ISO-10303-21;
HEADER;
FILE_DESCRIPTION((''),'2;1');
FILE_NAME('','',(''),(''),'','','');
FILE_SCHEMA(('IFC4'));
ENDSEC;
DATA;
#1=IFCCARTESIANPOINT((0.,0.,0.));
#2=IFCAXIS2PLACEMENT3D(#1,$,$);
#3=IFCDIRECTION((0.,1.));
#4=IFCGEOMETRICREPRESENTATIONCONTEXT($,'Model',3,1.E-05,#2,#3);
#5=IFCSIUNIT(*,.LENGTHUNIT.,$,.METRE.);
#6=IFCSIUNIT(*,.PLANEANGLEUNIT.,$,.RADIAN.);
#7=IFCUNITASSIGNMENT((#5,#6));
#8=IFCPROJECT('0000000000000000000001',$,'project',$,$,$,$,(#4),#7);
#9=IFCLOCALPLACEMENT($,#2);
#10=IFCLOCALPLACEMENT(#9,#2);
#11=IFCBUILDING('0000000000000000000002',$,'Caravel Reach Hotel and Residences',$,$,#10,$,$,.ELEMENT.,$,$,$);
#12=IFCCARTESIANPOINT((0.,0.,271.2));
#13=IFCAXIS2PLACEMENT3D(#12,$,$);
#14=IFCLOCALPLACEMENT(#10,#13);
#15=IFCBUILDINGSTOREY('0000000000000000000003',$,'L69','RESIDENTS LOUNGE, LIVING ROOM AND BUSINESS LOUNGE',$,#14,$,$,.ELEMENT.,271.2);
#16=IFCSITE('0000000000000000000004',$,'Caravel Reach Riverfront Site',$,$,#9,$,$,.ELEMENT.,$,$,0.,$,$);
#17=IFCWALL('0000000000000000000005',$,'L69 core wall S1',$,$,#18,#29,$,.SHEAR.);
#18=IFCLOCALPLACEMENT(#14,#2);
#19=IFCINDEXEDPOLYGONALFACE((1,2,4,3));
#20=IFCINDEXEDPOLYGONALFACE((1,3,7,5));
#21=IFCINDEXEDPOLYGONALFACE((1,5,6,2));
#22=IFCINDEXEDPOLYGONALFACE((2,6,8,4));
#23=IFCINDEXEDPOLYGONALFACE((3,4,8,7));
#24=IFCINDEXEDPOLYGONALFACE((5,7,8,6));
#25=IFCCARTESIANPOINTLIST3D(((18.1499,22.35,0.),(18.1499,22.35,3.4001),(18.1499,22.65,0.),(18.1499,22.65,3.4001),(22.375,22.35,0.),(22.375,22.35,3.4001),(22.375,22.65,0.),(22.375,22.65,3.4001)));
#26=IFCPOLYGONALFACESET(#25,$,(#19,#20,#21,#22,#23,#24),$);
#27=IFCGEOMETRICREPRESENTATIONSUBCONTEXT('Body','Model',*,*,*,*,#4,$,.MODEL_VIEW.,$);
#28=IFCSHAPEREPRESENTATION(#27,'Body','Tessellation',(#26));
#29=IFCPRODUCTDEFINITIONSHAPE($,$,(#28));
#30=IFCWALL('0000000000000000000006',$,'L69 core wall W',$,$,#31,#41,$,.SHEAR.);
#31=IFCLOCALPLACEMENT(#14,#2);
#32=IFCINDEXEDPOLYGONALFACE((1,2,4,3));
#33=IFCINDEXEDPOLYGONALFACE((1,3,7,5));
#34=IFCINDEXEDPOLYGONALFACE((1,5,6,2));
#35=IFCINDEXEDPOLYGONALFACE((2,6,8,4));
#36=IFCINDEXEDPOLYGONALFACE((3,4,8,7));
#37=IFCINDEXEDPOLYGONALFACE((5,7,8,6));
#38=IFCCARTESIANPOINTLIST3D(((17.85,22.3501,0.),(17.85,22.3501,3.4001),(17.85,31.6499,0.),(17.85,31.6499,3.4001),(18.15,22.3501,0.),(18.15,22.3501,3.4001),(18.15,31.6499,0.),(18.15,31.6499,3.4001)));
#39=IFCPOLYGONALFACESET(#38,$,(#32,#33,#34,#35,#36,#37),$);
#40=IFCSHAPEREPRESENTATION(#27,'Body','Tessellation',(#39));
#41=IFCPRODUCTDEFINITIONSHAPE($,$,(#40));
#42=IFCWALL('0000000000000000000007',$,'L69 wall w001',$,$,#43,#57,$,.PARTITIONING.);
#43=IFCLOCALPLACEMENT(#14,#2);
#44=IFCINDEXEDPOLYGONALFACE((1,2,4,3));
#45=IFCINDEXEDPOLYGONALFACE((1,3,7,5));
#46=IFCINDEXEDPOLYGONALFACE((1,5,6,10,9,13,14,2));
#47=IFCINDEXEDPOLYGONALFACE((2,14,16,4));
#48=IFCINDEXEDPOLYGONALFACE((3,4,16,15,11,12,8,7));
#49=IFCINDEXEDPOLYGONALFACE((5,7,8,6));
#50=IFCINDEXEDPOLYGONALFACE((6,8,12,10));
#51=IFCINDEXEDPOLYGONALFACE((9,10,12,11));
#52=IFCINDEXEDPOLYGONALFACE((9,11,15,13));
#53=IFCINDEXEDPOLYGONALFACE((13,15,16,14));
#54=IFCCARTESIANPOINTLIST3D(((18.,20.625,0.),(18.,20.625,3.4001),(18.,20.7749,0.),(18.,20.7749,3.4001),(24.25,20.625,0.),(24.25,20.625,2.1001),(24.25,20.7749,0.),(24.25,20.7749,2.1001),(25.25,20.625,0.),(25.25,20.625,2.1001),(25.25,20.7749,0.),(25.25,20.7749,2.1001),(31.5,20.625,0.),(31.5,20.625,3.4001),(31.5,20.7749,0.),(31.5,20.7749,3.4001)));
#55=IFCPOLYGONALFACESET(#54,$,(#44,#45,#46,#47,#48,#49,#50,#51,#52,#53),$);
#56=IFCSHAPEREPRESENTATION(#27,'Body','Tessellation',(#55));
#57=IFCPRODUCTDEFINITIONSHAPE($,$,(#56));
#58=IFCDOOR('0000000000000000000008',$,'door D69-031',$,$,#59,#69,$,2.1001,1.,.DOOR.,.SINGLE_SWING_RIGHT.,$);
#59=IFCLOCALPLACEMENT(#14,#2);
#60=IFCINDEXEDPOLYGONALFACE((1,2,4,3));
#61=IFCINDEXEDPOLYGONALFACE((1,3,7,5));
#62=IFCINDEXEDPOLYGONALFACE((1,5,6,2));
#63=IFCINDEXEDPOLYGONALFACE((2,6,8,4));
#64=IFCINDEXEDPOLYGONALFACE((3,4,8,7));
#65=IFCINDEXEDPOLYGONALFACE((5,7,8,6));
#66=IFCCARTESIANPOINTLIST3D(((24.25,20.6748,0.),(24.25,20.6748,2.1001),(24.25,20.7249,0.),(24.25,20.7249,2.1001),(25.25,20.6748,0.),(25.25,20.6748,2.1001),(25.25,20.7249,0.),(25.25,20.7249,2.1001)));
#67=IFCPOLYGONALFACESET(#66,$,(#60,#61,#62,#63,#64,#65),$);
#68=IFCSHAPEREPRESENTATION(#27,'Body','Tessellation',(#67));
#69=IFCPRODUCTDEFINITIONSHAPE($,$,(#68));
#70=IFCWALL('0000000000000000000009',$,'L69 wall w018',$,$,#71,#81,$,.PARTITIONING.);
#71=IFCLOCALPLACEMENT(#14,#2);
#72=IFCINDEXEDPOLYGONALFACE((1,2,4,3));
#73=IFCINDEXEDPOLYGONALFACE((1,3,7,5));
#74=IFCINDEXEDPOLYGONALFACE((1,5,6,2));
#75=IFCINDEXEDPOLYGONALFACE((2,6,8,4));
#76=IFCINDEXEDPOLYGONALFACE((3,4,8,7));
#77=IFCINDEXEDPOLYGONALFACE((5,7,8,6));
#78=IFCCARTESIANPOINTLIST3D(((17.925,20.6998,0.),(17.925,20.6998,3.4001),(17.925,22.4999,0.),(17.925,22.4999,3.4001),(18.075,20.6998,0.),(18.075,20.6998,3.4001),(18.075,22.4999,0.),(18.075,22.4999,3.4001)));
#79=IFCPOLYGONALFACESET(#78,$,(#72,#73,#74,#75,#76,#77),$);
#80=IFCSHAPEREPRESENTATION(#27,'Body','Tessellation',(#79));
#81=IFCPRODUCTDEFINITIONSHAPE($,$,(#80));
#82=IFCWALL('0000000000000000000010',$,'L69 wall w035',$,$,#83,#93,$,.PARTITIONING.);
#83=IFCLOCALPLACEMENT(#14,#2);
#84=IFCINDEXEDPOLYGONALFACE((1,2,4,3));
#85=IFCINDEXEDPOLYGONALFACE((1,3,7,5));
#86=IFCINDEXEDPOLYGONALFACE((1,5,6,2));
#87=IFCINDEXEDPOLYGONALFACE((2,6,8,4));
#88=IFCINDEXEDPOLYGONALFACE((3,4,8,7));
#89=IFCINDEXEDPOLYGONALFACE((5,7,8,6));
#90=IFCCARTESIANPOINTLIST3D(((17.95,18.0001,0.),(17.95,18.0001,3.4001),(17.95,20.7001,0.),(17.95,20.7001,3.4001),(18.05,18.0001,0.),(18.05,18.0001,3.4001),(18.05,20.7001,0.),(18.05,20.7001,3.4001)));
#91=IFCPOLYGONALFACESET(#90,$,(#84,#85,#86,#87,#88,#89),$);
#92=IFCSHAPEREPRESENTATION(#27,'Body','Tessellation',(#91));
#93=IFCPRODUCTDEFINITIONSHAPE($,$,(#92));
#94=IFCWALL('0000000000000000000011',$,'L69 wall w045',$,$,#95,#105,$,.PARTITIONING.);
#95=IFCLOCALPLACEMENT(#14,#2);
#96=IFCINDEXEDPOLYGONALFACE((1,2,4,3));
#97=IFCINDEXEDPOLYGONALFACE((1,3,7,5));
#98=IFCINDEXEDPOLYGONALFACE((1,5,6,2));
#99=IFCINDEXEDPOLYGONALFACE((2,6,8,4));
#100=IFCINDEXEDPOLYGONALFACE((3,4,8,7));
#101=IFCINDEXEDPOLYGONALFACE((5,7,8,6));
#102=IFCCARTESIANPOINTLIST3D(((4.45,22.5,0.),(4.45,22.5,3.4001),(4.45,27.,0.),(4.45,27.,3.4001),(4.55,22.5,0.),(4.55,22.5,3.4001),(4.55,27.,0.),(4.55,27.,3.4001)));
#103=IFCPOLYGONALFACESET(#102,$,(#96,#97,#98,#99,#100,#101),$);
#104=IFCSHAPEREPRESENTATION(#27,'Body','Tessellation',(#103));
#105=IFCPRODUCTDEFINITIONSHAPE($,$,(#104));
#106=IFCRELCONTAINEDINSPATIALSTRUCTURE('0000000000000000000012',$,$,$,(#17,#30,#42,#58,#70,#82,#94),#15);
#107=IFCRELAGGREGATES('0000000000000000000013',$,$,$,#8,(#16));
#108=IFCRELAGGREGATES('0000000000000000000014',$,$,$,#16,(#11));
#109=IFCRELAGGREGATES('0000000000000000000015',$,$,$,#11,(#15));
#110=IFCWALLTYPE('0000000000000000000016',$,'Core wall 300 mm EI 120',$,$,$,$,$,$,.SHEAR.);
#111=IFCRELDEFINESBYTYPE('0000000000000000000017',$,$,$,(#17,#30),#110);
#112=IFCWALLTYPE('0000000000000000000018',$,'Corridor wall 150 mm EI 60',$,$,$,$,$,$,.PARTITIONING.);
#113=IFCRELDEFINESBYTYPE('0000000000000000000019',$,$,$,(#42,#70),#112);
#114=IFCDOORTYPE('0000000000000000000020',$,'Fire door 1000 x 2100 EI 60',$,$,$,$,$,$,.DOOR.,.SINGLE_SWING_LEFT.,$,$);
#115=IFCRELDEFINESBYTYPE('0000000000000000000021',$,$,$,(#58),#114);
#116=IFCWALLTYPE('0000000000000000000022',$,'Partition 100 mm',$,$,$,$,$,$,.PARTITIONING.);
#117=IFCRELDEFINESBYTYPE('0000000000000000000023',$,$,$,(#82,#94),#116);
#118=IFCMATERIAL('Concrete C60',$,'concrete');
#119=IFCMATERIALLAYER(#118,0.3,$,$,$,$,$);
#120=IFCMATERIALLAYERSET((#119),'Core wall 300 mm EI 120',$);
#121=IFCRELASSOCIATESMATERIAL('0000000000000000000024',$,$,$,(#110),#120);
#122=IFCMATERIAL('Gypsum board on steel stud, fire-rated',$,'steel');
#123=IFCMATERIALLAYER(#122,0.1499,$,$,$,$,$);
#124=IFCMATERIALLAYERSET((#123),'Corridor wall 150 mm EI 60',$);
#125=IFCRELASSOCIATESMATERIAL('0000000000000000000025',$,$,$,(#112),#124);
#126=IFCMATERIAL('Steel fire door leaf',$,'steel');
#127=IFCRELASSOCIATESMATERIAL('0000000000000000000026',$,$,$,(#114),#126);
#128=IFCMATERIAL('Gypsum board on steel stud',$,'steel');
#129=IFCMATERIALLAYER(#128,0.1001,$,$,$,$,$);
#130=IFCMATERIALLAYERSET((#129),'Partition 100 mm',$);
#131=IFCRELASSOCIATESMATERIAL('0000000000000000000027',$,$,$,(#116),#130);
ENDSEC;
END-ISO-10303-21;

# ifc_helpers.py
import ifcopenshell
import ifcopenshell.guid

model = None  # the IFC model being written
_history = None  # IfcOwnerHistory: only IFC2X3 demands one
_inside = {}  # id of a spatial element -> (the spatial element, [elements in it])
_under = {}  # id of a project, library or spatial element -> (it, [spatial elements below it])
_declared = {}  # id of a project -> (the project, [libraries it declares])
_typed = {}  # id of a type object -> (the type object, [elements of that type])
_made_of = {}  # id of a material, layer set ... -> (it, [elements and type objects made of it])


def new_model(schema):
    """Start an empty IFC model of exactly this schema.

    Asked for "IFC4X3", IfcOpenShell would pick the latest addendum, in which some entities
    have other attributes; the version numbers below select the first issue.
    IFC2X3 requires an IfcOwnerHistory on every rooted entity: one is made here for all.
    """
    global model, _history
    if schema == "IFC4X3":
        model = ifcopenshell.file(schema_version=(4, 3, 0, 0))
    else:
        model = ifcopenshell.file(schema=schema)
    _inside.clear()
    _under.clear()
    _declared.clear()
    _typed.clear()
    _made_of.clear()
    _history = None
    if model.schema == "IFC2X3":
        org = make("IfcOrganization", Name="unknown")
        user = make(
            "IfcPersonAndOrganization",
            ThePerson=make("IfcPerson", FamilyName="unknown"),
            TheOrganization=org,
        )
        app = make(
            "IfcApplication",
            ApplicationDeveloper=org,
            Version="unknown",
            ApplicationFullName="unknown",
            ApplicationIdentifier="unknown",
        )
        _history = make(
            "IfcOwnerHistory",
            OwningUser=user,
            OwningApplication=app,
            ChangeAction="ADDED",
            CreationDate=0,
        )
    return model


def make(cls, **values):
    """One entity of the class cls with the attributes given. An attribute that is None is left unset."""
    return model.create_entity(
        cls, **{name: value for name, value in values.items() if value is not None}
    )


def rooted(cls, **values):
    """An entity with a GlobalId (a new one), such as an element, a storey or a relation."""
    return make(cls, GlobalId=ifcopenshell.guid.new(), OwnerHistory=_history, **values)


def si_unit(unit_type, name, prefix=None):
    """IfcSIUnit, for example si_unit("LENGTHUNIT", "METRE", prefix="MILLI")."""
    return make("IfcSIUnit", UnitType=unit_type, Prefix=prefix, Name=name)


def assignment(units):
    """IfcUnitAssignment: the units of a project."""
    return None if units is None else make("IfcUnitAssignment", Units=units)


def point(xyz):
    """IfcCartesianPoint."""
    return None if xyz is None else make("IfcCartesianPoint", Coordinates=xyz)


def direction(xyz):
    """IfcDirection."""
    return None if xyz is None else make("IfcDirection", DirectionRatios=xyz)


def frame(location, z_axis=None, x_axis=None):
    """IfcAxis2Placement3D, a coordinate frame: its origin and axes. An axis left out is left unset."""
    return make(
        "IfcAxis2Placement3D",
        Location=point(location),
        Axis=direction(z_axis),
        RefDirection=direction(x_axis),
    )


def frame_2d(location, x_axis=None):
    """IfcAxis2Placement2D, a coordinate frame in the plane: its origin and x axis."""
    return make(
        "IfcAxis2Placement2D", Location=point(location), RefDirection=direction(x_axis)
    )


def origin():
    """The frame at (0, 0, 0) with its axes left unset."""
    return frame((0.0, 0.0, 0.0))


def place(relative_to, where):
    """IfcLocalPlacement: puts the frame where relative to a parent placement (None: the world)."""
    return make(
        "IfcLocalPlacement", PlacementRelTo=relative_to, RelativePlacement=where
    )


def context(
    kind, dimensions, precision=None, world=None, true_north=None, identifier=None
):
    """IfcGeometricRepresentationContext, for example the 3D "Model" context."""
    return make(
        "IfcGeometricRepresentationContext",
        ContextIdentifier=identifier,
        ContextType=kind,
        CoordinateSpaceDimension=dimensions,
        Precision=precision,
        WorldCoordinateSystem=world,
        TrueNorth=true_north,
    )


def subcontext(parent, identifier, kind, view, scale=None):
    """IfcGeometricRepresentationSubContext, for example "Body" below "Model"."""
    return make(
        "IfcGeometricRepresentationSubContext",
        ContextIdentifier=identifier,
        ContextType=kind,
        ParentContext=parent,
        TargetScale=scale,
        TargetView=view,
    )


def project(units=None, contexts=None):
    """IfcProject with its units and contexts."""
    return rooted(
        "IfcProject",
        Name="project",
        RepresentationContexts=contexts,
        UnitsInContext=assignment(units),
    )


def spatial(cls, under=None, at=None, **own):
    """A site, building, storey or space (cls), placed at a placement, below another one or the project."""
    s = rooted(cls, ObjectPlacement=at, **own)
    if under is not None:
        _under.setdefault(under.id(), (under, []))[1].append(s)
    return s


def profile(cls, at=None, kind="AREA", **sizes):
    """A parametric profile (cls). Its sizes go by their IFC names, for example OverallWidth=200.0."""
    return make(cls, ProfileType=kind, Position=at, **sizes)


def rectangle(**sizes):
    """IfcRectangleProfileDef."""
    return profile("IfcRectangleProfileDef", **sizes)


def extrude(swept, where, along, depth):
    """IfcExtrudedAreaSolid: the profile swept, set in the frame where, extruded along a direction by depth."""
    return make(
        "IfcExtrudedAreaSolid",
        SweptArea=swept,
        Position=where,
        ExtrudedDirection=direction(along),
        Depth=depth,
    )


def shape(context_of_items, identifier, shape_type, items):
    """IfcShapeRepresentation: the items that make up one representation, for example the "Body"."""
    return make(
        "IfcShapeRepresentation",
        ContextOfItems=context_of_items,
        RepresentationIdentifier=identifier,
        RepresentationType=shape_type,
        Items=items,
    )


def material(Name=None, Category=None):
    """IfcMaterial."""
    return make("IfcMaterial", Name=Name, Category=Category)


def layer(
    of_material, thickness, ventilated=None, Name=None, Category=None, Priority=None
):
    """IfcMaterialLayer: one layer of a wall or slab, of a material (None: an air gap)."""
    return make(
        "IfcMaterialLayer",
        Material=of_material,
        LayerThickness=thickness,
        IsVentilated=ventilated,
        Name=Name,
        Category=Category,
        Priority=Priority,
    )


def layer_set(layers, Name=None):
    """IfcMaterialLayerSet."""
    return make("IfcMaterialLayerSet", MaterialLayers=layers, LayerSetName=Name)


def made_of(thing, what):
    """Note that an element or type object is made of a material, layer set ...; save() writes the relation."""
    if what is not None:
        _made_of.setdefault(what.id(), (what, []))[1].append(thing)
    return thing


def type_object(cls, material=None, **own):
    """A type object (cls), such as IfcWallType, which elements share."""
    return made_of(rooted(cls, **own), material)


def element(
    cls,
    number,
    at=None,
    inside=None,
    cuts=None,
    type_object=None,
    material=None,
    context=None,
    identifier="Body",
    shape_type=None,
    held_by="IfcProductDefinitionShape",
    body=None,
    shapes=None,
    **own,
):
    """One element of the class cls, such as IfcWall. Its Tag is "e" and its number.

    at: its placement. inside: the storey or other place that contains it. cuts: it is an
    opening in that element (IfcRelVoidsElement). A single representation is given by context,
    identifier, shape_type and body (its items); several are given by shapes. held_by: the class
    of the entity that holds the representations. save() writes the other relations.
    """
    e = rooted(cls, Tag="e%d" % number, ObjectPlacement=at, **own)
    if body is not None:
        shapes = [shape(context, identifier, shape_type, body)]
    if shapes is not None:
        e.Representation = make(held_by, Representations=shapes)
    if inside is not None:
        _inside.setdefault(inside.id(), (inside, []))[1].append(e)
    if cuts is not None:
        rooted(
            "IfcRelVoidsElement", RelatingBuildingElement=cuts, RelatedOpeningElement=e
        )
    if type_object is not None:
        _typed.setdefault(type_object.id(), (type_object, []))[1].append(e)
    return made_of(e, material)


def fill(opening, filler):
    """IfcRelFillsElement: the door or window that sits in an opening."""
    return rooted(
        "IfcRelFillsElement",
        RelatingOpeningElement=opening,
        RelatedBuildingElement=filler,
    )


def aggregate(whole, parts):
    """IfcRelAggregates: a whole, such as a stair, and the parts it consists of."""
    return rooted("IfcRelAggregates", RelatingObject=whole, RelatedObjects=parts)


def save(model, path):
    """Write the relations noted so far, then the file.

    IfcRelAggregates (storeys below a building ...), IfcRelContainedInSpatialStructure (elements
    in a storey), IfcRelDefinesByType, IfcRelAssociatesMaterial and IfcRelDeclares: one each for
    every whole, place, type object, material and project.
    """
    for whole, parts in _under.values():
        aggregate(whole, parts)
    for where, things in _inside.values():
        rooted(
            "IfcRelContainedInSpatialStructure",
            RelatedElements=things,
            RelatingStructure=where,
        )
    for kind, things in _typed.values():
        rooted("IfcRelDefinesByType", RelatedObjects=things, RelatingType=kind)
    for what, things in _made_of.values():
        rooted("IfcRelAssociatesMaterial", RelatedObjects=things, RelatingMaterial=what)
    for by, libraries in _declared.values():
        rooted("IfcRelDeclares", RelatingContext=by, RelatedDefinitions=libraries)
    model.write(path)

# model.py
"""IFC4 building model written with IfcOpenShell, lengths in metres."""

from ifc_helpers import new_model, si_unit, direction, frame, frame_2d, origin, place, context, subcontext, project, spatial, rectangle, extrude, material, layer, layer_set, type_object, element, fill, save


model = new_model("IFC4")

# Units and contexts
model_context = context("Model", 3, precision=1e-05, world=origin(), true_north=direction((0.0, 1.0)))
body_context = subcontext(model_context, "Body", "Model", "MODEL_VIEW")
ifc_project = project(units=[si_unit("LENGTHUNIT", "METRE"), si_unit("PLANEANGLEUNIT", "RADIAN")], contexts=[model_context])

# Site, building, storey
site_placement = place(None, origin())
site = spatial("IfcSite", under=ifc_project, at=site_placement, Name="Caravel Reach Riverfront Site", CompositionType="ELEMENT", RefElevation=0.0)
building_placement = place(site_placement, origin())
building = spatial("IfcBuilding", under=site, at=building_placement, Name="Caravel Reach Hotel and Residences", CompositionType="ELEMENT")
storey_placement = place(building_placement, frame((0.0, 0.0, 271.2)))
storey = spatial("IfcBuildingStorey", under=building, at=storey_placement, Name="L69", Description="RESIDENTS LOUNGE, LIVING ROOM AND BUSINESS LOUNGE", CompositionType="ELEMENT", Elevation=271.2)

# Walls
ifc_material_1 = material(Name="Concrete C60", Category="concrete")
ifc_layer_1 = layer(ifc_material_1, 0.3)
ifc_layer_set_1 = layer_set([ifc_layer_1], Name="Core wall 300 mm EI 120")
wall_type_1 = type_object("IfcWallType", Name="Core wall 300 mm EI 120", PredefinedType="SHEAR", material=ifc_layer_set_1)
wall_1_placement = place(storey_placement, frame((18.1499, 22.5, 0.0), z_axis=(0.0, 0.0, 1.0), x_axis=(1.0, 0.0, 0.0)))
element("IfcWall", 1, at=wall_1_placement, inside=storey, type_object=wall_type_1, Name="L69 core wall S1", PredefinedType="SHEAR", context=body_context, shape_type="SweptSolid", body=[
    extrude(rectangle(XDim=4.2251, YDim=0.3, at=frame_2d((2.1125, 0.0))), origin(), (0.0, 0.0, 1.0), 3.4001),
])
wall_2_placement = place(storey_placement, frame((18.0, 22.3501, 0.0), z_axis=(0.0, 0.0, 1.0), x_axis=(0.0, 1.0, 0.0)))
element("IfcWall", 2, at=wall_2_placement, inside=storey, type_object=wall_type_1, Name="L69 core wall W", PredefinedType="SHEAR", context=body_context, shape_type="SweptSolid", body=[
    extrude(rectangle(XDim=9.2998, YDim=0.3, at=frame_2d((4.6499, 0.0))), origin(), (0.0, 0.0, 1.0), 3.4001),
])

# Wall, opening, door
ifc_material_2 = material(Name="Gypsum board on steel stud, fire-rated", Category="steel")
ifc_layer_2 = layer(ifc_material_2, 0.1499)
ifc_layer_set_2 = layer_set([ifc_layer_2], Name="Corridor wall 150 mm EI 60")
wall_type_2 = type_object("IfcWallType", Name="Corridor wall 150 mm EI 60", PredefinedType="PARTITIONING", material=ifc_layer_set_2)
wall_3_placement = place(storey_placement, frame((18.0, 20.7, 0.0), z_axis=(0.0, 0.0, 1.0), x_axis=(1.0, 0.0, 0.0)))
wall_3 = element("IfcWall", 3, at=wall_3_placement, inside=storey, type_object=wall_type_2, Name="L69 wall w001", PredefinedType="PARTITIONING", context=body_context, shape_type="SweptSolid", body=[
    extrude(rectangle(XDim=13.5, YDim=0.1499, at=frame_2d((6.75, 0.0))), origin(), (0.0, 0.0, 1.0), 3.4001),
])
opening_1_placement = place(wall_3_placement, frame((6.25, 0.0, 0.0)))
opening_1 = element("IfcOpeningElement", 4, at=opening_1_placement, cuts=wall_3, PredefinedType="OPENING", context=body_context, shape_type="SweptSolid", body=[
    extrude(rectangle(XDim=1.0, YDim=2.1001, at=frame_2d((0.5, 1.05))), frame((0.0, 0.085, 0.0), z_axis=(0.0, -1.0, 0.0), x_axis=(1.0, 0.0, 0.0)), (0.0, 0.0, 1.0), 0.1699),
])
ifc_material_3 = material(Name="Steel fire door leaf", Category="steel")
door_type_1 = type_object("IfcDoorType", Name="Fire door 1000 x 2100 EI 60", OperationType="SINGLE_SWING_LEFT", PredefinedType="DOOR", material=ifc_material_3)
door_1_placement = place(opening_1_placement, origin())
door_1 = element("IfcDoor", 5, at=door_1_placement, inside=storey, type_object=door_type_1, Name="door D69-031", OperationType="SINGLE_SWING_RIGHT", OverallHeight=2.1001, OverallWidth=1.0, PredefinedType="DOOR", context=body_context, shape_type="SweptSolid", body=[
    extrude(rectangle(XDim=1.0, YDim=2.1001, at=frame_2d((0.5, 1.05))), frame((0.0, 0.0249, 0.0), z_axis=(0.0, -1.0, 0.0), x_axis=(1.0, 0.0, 0.0)), (0.0, 0.0, 1.0), 0.05),
])
fill(opening_1, door_1)

# Walls
wall_4_placement = place(storey_placement, frame((18.0, 20.7, 0.0), z_axis=(0.0, 0.0, 1.0), x_axis=(0.0, 1.0, 0.0)))
element("IfcWall", 6, at=wall_4_placement, inside=storey, type_object=wall_type_2, Name="L69 wall w018", PredefinedType="PARTITIONING", context=body_context, shape_type="SweptSolid", body=[
    extrude(rectangle(XDim=1.8, YDim=0.1499, at=frame_2d((0.8999, 0.0))), origin(), (0.0, 0.0, 1.0), 3.4001),
])
ifc_material_4 = material(Name="Gypsum board on steel stud", Category="steel")
ifc_layer_3 = layer(ifc_material_4, 0.1001)
ifc_layer_set_3 = layer_set([ifc_layer_3], Name="Partition 100 mm")
wall_type_3 = type_object("IfcWallType", Name="Partition 100 mm", PredefinedType="PARTITIONING", material=ifc_layer_set_3)
wall_5_placement = place(storey_placement, frame((18.0, 18.0, 0.0), z_axis=(0.0, 0.0, 1.0), x_axis=(0.0, 1.0, 0.0)))
element("IfcWall", 7, at=wall_5_placement, inside=storey, type_object=wall_type_3, Name="L69 wall w035", PredefinedType="PARTITIONING", context=body_context, shape_type="SweptSolid", body=[
    extrude(rectangle(XDim=2.7, YDim=0.1001, at=frame_2d((1.3501, 0.0))), origin(), (0.0, 0.0, 1.0), 3.4001),
])
wall_6_placement = place(storey_placement, frame((4.5, 22.5, 0.0), z_axis=(0.0, 0.0, 1.0), x_axis=(0.0, 1.0, 0.0)))
element("IfcWall", 8, at=wall_6_placement, inside=storey, type_object=wall_type_3, Name="L69 wall w045", PredefinedType="PARTITIONING", context=body_context, shape_type="SweptSolid", body=[
    extrude(rectangle(XDim=4.5, YDim=0.1001, at=frame_2d((2.25, 0.0))), origin(), (0.0, 0.0, 1.0), 3.4001),
])

save(model, "model.ifc")
